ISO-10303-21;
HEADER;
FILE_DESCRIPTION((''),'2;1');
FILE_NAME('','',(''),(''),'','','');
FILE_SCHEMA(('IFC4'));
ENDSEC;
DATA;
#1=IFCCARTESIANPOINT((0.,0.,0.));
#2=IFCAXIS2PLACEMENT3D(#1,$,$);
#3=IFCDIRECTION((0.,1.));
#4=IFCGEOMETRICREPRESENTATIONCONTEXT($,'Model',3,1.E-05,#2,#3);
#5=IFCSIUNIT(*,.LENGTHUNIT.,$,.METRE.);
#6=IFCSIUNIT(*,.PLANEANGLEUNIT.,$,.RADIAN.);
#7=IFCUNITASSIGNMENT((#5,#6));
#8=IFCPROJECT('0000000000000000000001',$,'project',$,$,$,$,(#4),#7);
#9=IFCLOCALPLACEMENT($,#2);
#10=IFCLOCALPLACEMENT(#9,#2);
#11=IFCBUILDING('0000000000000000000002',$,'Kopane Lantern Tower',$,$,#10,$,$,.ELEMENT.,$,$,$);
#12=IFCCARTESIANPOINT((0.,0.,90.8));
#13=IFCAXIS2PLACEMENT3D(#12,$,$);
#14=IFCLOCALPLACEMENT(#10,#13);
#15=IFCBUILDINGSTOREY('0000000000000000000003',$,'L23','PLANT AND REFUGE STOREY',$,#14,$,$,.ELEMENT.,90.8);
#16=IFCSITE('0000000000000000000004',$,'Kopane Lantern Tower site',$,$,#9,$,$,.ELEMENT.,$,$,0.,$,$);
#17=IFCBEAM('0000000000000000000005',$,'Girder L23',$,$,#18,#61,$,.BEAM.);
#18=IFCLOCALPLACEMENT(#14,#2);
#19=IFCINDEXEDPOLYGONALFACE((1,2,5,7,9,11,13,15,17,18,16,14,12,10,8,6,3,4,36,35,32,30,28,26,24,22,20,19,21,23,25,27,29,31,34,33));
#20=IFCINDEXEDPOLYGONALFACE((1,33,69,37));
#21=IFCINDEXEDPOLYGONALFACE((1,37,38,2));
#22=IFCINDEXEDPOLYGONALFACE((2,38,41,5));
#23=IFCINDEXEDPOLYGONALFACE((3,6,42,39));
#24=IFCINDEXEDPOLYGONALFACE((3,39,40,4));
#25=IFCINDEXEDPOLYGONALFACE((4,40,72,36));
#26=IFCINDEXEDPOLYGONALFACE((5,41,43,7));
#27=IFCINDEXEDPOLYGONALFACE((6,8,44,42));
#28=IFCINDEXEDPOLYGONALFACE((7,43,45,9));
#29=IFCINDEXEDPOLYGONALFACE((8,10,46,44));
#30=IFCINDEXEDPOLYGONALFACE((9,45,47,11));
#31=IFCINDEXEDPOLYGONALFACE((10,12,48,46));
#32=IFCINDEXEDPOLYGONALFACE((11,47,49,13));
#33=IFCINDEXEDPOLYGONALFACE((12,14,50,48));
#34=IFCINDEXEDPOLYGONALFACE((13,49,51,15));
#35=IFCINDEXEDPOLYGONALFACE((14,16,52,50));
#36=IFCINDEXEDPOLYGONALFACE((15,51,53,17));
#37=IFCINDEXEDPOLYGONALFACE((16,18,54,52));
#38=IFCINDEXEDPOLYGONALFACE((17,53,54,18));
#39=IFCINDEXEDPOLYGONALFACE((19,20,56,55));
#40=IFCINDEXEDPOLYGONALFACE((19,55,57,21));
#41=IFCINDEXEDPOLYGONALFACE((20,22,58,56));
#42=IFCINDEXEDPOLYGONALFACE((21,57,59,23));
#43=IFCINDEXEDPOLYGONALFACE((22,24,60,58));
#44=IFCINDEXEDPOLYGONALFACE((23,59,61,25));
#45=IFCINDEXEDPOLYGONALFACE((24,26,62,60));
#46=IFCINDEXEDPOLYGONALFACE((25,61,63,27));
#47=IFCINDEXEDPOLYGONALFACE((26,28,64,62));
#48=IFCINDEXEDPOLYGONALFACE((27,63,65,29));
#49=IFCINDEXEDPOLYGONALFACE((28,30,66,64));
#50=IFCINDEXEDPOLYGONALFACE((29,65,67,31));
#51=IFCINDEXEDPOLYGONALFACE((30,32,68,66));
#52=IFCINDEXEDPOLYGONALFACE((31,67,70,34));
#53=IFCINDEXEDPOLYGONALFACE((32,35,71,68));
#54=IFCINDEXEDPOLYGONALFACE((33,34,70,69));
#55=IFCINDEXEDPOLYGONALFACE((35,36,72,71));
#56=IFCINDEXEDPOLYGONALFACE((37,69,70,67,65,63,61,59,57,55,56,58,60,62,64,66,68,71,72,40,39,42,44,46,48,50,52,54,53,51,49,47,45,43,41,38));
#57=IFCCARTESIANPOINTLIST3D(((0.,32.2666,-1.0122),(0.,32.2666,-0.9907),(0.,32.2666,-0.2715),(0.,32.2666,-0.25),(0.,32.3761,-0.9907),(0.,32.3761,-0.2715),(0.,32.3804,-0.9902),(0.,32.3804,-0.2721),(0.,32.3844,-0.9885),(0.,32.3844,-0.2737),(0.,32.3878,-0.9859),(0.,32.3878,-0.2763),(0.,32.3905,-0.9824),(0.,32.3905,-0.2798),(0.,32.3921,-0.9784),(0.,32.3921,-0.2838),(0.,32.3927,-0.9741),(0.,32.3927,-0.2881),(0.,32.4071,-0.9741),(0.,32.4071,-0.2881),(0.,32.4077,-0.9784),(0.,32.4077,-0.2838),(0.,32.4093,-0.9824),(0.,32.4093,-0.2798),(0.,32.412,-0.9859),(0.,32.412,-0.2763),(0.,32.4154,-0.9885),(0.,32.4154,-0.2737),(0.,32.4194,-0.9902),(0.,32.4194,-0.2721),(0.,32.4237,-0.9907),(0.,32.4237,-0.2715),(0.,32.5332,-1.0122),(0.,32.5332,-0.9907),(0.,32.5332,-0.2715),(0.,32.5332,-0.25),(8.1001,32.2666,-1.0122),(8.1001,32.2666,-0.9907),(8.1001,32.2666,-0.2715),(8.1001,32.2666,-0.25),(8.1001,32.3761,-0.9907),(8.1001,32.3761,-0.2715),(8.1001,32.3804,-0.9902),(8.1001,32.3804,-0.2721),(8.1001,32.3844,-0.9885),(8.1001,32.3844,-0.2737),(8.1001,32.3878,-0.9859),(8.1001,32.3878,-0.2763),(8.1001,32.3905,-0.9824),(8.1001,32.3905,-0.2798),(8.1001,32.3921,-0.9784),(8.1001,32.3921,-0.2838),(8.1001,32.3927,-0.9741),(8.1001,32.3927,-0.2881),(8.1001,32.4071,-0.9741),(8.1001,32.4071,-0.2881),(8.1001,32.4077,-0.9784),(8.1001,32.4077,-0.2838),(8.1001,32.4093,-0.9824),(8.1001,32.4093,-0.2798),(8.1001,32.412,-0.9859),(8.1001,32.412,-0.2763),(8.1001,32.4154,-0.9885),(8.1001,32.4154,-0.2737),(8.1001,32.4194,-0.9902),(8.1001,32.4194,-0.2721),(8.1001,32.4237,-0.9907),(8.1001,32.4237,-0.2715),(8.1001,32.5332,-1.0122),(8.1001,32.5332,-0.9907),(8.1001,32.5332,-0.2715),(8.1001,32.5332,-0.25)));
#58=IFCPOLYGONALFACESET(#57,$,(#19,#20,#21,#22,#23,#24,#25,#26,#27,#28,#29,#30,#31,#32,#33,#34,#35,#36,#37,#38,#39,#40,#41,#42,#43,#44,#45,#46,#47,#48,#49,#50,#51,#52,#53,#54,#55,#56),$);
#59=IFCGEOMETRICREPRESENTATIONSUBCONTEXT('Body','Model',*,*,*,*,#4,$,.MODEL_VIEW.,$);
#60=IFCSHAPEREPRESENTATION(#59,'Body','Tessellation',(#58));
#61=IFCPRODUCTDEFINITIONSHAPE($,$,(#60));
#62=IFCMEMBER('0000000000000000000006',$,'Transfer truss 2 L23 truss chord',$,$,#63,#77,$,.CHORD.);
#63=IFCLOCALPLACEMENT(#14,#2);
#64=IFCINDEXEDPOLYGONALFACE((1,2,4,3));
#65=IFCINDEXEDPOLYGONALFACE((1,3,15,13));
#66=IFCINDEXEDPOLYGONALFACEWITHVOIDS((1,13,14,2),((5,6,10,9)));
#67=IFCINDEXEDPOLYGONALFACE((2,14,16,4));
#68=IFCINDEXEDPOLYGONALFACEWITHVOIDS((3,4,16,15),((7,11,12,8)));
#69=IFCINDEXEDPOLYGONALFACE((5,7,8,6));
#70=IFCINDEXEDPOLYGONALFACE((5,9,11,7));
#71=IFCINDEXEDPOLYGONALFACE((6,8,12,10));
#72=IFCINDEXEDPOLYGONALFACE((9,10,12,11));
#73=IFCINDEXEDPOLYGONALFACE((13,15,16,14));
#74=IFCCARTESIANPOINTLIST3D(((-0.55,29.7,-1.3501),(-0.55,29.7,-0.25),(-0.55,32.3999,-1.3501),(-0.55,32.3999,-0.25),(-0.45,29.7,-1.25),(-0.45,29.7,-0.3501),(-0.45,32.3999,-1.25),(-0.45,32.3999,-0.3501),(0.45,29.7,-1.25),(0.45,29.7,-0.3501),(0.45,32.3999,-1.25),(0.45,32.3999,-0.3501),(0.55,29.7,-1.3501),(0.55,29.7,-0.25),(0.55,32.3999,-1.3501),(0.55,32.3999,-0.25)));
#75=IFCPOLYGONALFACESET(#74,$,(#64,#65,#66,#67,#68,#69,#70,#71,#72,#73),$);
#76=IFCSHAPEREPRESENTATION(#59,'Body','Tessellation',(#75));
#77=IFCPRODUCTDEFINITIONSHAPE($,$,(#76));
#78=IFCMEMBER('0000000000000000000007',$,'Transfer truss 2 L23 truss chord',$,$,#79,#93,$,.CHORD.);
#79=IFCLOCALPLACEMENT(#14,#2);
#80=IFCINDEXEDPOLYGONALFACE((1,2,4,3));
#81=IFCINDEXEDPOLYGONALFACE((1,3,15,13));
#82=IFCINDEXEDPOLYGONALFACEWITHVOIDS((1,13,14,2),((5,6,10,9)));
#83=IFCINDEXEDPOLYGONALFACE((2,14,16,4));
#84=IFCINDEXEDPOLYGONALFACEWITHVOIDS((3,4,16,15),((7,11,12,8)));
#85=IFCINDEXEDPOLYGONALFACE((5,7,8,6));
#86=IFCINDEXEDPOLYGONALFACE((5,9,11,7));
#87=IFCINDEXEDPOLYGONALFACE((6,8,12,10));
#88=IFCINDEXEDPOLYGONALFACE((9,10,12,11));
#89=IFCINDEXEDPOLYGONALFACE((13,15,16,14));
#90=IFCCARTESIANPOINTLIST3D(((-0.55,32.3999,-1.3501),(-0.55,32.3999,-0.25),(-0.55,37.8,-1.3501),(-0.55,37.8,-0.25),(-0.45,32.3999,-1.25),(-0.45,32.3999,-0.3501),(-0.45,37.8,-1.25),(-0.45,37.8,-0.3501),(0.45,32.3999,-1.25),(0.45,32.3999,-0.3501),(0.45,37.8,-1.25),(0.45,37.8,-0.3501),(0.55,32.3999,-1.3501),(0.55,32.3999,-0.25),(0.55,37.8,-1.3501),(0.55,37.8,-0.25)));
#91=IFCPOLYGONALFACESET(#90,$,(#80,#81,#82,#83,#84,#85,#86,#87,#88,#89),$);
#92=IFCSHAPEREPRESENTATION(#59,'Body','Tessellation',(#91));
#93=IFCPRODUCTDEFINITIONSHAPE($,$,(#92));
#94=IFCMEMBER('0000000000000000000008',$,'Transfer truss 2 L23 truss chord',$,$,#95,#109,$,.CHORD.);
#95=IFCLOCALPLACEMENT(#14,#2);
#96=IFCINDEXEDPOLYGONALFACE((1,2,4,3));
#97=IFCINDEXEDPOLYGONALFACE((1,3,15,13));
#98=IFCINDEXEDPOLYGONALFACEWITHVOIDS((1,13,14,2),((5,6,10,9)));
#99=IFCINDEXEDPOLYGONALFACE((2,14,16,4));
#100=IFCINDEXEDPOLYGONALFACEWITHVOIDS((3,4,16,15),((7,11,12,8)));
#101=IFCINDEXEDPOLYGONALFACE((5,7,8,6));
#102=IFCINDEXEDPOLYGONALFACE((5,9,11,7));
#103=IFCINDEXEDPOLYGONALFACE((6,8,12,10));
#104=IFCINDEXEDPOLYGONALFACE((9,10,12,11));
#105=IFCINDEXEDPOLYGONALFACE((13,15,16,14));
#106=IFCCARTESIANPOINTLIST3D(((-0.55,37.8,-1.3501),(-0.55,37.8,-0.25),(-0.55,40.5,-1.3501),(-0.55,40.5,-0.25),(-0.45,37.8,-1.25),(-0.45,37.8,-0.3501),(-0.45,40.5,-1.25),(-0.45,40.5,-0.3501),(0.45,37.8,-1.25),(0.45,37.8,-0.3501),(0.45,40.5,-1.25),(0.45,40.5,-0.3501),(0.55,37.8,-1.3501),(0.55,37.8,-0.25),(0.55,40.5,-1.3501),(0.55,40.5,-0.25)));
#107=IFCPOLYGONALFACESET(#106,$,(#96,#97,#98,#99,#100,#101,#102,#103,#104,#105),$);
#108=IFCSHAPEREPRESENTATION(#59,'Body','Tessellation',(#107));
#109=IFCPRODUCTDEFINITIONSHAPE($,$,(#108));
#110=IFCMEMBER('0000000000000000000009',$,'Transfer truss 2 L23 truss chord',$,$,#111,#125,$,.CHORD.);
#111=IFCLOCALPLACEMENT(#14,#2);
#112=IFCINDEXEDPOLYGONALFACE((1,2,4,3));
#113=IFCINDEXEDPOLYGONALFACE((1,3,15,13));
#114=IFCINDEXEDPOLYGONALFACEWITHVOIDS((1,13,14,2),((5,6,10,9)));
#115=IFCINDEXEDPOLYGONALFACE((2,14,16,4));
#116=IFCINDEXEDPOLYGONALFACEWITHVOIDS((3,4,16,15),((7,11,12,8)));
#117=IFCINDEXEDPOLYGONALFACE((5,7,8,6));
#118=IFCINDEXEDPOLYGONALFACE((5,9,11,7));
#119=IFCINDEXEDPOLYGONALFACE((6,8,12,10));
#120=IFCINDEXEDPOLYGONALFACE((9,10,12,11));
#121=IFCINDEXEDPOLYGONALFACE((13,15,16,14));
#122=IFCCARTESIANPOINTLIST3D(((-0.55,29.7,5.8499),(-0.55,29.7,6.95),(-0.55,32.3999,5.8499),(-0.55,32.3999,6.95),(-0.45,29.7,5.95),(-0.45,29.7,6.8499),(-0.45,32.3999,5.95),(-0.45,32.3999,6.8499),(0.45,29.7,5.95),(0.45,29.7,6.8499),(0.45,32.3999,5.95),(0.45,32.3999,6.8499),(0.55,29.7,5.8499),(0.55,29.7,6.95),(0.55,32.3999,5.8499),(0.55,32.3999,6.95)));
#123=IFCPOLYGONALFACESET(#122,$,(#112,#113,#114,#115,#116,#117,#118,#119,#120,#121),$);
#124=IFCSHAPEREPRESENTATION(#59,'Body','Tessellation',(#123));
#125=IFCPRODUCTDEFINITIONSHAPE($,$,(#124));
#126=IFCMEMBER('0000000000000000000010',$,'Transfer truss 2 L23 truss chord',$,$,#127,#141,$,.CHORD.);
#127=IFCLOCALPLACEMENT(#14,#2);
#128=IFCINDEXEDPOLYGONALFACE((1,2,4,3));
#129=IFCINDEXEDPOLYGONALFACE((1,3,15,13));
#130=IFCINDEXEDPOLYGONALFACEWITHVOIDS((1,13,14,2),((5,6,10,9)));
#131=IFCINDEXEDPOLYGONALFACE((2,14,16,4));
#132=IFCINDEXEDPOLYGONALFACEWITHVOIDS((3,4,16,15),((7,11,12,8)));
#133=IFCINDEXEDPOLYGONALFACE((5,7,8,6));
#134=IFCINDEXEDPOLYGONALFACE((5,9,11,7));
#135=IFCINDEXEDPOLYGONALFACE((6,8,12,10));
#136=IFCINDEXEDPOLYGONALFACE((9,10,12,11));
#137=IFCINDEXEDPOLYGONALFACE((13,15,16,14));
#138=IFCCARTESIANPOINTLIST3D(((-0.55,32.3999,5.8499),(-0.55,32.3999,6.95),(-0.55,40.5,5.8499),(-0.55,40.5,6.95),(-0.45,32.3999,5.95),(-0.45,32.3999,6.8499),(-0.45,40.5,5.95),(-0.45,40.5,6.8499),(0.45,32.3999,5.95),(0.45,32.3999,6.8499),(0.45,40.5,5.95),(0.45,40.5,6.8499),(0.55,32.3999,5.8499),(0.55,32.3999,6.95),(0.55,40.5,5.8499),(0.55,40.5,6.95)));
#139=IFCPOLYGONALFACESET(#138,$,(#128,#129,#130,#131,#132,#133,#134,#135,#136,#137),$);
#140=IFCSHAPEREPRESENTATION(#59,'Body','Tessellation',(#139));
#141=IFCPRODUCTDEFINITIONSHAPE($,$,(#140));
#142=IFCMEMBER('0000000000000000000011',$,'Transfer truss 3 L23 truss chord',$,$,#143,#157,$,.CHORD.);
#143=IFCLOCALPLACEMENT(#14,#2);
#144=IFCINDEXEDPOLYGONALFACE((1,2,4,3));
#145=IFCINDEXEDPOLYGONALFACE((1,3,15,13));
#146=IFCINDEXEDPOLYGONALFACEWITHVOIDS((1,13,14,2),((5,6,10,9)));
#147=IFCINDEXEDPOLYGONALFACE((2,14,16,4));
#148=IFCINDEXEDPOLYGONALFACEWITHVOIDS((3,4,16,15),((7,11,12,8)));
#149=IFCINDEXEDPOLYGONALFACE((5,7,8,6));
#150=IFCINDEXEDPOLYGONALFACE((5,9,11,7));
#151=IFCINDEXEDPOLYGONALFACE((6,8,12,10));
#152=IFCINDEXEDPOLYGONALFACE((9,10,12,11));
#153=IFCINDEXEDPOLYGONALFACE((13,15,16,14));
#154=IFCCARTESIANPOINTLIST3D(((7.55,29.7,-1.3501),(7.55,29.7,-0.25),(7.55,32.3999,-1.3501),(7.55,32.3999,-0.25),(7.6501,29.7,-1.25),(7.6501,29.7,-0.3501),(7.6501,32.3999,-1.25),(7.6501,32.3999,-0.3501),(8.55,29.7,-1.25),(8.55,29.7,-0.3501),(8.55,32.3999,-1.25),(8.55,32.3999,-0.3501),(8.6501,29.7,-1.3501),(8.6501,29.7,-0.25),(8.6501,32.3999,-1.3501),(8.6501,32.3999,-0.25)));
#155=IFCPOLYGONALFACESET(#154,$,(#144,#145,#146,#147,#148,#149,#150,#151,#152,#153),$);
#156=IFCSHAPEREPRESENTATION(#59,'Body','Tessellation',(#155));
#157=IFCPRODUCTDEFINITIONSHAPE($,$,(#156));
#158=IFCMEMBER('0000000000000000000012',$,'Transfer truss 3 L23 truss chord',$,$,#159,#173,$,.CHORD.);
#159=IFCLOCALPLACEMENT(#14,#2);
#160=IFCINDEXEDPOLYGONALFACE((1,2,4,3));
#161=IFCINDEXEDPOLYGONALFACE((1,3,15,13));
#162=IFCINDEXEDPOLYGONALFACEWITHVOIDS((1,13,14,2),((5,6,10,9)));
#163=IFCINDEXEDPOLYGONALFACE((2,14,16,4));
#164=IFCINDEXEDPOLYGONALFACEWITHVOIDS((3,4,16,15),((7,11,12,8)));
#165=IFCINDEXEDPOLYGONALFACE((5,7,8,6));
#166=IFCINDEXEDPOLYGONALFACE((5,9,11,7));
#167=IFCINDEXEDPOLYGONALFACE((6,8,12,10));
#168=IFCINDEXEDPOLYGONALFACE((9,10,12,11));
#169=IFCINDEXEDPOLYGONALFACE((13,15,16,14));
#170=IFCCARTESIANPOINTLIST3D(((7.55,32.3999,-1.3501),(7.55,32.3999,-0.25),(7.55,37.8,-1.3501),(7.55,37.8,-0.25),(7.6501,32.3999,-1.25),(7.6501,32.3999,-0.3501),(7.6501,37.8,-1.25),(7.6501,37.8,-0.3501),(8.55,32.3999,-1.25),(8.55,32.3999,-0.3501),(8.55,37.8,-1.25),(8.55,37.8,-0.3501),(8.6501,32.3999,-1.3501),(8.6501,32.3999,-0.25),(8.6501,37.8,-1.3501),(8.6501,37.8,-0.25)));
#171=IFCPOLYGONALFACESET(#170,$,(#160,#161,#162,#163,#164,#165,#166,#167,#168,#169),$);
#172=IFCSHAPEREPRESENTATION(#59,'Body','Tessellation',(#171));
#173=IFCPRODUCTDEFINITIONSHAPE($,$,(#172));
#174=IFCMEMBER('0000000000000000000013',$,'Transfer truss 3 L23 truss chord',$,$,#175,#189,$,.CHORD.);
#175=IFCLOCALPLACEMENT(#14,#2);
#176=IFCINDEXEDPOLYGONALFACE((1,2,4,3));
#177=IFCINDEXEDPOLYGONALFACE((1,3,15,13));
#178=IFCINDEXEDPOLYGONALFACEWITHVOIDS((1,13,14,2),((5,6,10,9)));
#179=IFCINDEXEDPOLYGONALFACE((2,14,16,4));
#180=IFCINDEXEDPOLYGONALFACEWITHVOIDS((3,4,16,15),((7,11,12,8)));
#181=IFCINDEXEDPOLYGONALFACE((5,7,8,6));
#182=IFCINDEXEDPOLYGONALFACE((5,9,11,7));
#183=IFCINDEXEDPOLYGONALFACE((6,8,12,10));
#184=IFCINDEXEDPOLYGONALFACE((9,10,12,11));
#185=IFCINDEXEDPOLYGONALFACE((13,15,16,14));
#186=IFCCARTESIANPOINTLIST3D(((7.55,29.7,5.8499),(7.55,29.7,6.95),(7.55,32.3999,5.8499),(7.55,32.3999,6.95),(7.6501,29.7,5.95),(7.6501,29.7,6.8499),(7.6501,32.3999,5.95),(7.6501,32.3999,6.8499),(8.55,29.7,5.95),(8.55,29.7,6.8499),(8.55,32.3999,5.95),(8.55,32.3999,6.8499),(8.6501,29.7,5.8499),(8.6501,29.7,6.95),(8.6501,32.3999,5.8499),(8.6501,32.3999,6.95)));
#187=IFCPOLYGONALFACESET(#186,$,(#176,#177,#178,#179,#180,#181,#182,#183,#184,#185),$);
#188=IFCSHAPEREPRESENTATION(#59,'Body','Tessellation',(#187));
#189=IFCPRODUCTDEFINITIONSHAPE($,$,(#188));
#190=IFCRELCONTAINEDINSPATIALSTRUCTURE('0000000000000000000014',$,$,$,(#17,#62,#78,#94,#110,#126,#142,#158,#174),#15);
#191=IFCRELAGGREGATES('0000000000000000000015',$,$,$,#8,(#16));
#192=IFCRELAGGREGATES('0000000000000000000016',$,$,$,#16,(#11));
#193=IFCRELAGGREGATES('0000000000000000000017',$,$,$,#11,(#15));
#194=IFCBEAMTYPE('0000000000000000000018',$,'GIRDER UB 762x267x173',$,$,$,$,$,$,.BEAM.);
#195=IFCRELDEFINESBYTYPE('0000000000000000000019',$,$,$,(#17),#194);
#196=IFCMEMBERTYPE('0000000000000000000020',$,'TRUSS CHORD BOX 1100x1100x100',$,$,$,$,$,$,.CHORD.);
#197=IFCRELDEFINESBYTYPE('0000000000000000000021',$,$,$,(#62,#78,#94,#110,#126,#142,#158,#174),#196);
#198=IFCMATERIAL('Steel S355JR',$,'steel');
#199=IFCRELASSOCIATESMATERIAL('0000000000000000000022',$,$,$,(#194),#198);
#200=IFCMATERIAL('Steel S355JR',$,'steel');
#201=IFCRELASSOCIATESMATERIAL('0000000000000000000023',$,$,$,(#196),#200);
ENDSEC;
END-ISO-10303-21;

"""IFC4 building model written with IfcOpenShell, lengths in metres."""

from ifc_helpers import new_model, si_unit, direction, frame, origin, origin_2d, place, context, subcontext, project, spatial, hollow_rectangle, i_section, extrude, material, material_profile, profile_set, type_object, element, save


model = new_model("IFC4")

# Units and contexts
model_context = context("Model", 3, precision=1e-05, world=origin(), true_north=direction((0.0, 1.0)))
body_context = subcontext(model_context, "Body", "Model", "MODEL_VIEW")
ifc_project = project(units=[si_unit("LENGTHUNIT", "METRE"), si_unit("PLANEANGLEUNIT", "RADIAN")], contexts=[model_context])

# Site, building, storey
site_placement = place(None, origin())
site = spatial("IfcSite", under=ifc_project, at=site_placement, Name="Kopane Lantern Tower site", CompositionType="ELEMENT", RefElevation=0.0)
building_placement = place(site_placement, origin())
building = spatial("IfcBuilding", under=site, at=building_placement, Name="Kopane Lantern Tower", CompositionType="ELEMENT")
storey_placement = place(building_placement, frame((0.0, 0.0, 90.8)))
storey = spatial("IfcBuildingStorey", under=building, at=storey_placement, Name="L23", Description="PLANT AND REFUGE STOREY", CompositionType="ELEMENT", Elevation=90.8)

# Beam
ifc_material_1 = material(Name="Steel S355JR", Category="steel")
ifc_material_profile_1 = material_profile(ifc_material_1, i_section(OverallWidth=0.2666, OverallDepth=0.7622, WebThickness=0.0144, FlangeThickness=0.0215, FilletRadius=0.0166, at=origin_2d()), Name="UB 762x267x173")
ifc_profile_set_1 = profile_set([ifc_material_profile_1], Name="Steel S355JR")
beam_type = type_object("IfcBeamType", Name="GIRDER UB 762x267x173", PredefinedType="BEAM", material=ifc_profile_set_1)
beam_placement = place(storey_placement, frame((0.0, 32.3999, -0.6311), z_axis=(1.0, 0.0, 0.0), x_axis=(0.0, 1.0, 0.0)))
element("IfcBeam", 1, at=beam_placement, inside=storey, type_object=beam_type, Name="Girder L23", PredefinedType="BEAM", context=body_context, shape_type="SweptSolid", body=[
    extrude(i_section(OverallWidth=0.2666, OverallDepth=0.7622, WebThickness=0.0144, FlangeThickness=0.0215, FilletRadius=0.0166, at=origin_2d()), origin(), (0.0, 0.0, 1.0), 8.1001),
])

# Members
ifc_material_2 = material(Name="Steel S355JR", Category="steel")
ifc_material_profile_2 = material_profile(ifc_material_2, hollow_rectangle(XDim=1.1001, YDim=1.1001, WallThickness=0.1001, at=origin_2d()), Name="BOX 1100x1100x100")
ifc_profile_set_2 = profile_set([ifc_material_profile_2], Name="Steel S355JR")
member_type_1 = type_object("IfcMemberType", Name="TRUSS CHORD BOX 1100x1100x100", PredefinedType="CHORD", material=ifc_profile_set_2)
member_1_placement = place(storey_placement, frame((0.0, 29.7, -0.8), z_axis=(0.0, 1.0, 0.0), x_axis=(-1.0, 0.0, 0.0)))
element("IfcMember", 2, at=member_1_placement, inside=storey, type_object=member_type_1, Name="Transfer truss 2 L23 truss chord", PredefinedType="CHORD", context=body_context, shape_type="SweptSolid", body=[
    extrude(hollow_rectangle(XDim=1.1001, YDim=1.1001, WallThickness=0.1001, at=origin_2d()), origin(), (0.0, 0.0, 1.0), 2.7),
])
member_2_placement = place(storey_placement, frame((0.0, 32.3999, -0.8), z_axis=(0.0, 1.0, 0.0), x_axis=(-1.0, 0.0, 0.0)))
element("IfcMember", 3, at=member_2_placement, inside=storey, type_object=member_type_1, Name="Transfer truss 2 L23 truss chord", PredefinedType="CHORD", context=body_context, shape_type="SweptSolid", body=[
    extrude(hollow_rectangle(XDim=1.1001, YDim=1.1001, WallThickness=0.1001, at=origin_2d()), origin(), (0.0, 0.0, 1.0), 5.4001),
])
for number, where, z_axis, x_axis, name in (
    (4, (0.0, 37.8, -0.8), (0.0, 1.0, 0.0), (-1.0, 0.0, 0.0), "Transfer truss 2 L23 truss chord"),
    (5, (0.0, 29.7, 6.3999), (0.0, 1.0, 0.0), (-1.0, 0.0, 0.0), "Transfer truss 2 L23 truss chord"),
):
    element("IfcMember", number, at=place(storey_placement, frame(where, z_axis=z_axis, x_axis=x_axis)), inside=storey, type_object=member_type_1, Name=name, PredefinedType="CHORD", context=body_context, shape_type="SweptSolid", body=[
        extrude(hollow_rectangle(XDim=1.1001, YDim=1.1001, WallThickness=0.1001, at=origin_2d()), origin(), (0.0, 0.0, 1.0), 2.7),
    ])
member_3_placement = place(storey_placement, frame((0.0, 32.3999, 6.3999), z_axis=(0.0, 1.0, 0.0), x_axis=(-1.0, 0.0, 0.0)))
element("IfcMember", 6, at=member_3_placement, inside=storey, type_object=member_type_1, Name="Transfer truss 2 L23 truss chord", PredefinedType="CHORD", context=body_context, shape_type="SweptSolid", body=[
    extrude(hollow_rectangle(XDim=1.1001, YDim=1.1001, WallThickness=0.1001, at=origin_2d()), origin(), (0.0, 0.0, 1.0), 8.1001),
])
member_4_placement = place(storey_placement, frame((8.1001, 29.7, -0.8), z_axis=(0.0, 1.0, 0.0), x_axis=(-1.0, 0.0, 0.0)))
element("IfcMember", 7, at=member_4_placement, inside=storey, type_object=member_type_1, Name="Transfer truss 3 L23 truss chord", PredefinedType="CHORD", context=body_context, shape_type="SweptSolid", body=[
    extrude(hollow_rectangle(XDim=1.1001, YDim=1.1001, WallThickness=0.1001, at=origin_2d()), origin(), (0.0, 0.0, 1.0), 2.7),
])
member_5_placement = place(storey_placement, frame((8.1001, 32.3999, -0.8), z_axis=(0.0, 1.0, 0.0), x_axis=(-1.0, 0.0, 0.0)))
element("IfcMember", 8, at=member_5_placement, inside=storey, type_object=member_type_1, Name="Transfer truss 3 L23 truss chord", PredefinedType="CHORD", context=body_context, shape_type="SweptSolid", body=[
    extrude(hollow_rectangle(XDim=1.1001, YDim=1.1001, WallThickness=0.1001, at=origin_2d()), origin(), (0.0, 0.0, 1.0), 5.4001),
])
member_6_placement = place(storey_placement, frame((8.1001, 29.7, 6.3999), z_axis=(0.0, 1.0, 0.0), x_axis=(-1.0, 0.0, 0.0)))
element("IfcMember", 9, at=member_6_placement, inside=storey, type_object=member_type_1, Name="Transfer truss 3 L23 truss chord", PredefinedType="CHORD", context=body_context, shape_type="SweptSolid", body=[
    extrude(hollow_rectangle(XDim=1.1001, YDim=1.1001, WallThickness=0.1001, at=origin_2d()), origin(), (0.0, 0.0, 1.0), 2.7),
])

save(model, "model.ifc")
